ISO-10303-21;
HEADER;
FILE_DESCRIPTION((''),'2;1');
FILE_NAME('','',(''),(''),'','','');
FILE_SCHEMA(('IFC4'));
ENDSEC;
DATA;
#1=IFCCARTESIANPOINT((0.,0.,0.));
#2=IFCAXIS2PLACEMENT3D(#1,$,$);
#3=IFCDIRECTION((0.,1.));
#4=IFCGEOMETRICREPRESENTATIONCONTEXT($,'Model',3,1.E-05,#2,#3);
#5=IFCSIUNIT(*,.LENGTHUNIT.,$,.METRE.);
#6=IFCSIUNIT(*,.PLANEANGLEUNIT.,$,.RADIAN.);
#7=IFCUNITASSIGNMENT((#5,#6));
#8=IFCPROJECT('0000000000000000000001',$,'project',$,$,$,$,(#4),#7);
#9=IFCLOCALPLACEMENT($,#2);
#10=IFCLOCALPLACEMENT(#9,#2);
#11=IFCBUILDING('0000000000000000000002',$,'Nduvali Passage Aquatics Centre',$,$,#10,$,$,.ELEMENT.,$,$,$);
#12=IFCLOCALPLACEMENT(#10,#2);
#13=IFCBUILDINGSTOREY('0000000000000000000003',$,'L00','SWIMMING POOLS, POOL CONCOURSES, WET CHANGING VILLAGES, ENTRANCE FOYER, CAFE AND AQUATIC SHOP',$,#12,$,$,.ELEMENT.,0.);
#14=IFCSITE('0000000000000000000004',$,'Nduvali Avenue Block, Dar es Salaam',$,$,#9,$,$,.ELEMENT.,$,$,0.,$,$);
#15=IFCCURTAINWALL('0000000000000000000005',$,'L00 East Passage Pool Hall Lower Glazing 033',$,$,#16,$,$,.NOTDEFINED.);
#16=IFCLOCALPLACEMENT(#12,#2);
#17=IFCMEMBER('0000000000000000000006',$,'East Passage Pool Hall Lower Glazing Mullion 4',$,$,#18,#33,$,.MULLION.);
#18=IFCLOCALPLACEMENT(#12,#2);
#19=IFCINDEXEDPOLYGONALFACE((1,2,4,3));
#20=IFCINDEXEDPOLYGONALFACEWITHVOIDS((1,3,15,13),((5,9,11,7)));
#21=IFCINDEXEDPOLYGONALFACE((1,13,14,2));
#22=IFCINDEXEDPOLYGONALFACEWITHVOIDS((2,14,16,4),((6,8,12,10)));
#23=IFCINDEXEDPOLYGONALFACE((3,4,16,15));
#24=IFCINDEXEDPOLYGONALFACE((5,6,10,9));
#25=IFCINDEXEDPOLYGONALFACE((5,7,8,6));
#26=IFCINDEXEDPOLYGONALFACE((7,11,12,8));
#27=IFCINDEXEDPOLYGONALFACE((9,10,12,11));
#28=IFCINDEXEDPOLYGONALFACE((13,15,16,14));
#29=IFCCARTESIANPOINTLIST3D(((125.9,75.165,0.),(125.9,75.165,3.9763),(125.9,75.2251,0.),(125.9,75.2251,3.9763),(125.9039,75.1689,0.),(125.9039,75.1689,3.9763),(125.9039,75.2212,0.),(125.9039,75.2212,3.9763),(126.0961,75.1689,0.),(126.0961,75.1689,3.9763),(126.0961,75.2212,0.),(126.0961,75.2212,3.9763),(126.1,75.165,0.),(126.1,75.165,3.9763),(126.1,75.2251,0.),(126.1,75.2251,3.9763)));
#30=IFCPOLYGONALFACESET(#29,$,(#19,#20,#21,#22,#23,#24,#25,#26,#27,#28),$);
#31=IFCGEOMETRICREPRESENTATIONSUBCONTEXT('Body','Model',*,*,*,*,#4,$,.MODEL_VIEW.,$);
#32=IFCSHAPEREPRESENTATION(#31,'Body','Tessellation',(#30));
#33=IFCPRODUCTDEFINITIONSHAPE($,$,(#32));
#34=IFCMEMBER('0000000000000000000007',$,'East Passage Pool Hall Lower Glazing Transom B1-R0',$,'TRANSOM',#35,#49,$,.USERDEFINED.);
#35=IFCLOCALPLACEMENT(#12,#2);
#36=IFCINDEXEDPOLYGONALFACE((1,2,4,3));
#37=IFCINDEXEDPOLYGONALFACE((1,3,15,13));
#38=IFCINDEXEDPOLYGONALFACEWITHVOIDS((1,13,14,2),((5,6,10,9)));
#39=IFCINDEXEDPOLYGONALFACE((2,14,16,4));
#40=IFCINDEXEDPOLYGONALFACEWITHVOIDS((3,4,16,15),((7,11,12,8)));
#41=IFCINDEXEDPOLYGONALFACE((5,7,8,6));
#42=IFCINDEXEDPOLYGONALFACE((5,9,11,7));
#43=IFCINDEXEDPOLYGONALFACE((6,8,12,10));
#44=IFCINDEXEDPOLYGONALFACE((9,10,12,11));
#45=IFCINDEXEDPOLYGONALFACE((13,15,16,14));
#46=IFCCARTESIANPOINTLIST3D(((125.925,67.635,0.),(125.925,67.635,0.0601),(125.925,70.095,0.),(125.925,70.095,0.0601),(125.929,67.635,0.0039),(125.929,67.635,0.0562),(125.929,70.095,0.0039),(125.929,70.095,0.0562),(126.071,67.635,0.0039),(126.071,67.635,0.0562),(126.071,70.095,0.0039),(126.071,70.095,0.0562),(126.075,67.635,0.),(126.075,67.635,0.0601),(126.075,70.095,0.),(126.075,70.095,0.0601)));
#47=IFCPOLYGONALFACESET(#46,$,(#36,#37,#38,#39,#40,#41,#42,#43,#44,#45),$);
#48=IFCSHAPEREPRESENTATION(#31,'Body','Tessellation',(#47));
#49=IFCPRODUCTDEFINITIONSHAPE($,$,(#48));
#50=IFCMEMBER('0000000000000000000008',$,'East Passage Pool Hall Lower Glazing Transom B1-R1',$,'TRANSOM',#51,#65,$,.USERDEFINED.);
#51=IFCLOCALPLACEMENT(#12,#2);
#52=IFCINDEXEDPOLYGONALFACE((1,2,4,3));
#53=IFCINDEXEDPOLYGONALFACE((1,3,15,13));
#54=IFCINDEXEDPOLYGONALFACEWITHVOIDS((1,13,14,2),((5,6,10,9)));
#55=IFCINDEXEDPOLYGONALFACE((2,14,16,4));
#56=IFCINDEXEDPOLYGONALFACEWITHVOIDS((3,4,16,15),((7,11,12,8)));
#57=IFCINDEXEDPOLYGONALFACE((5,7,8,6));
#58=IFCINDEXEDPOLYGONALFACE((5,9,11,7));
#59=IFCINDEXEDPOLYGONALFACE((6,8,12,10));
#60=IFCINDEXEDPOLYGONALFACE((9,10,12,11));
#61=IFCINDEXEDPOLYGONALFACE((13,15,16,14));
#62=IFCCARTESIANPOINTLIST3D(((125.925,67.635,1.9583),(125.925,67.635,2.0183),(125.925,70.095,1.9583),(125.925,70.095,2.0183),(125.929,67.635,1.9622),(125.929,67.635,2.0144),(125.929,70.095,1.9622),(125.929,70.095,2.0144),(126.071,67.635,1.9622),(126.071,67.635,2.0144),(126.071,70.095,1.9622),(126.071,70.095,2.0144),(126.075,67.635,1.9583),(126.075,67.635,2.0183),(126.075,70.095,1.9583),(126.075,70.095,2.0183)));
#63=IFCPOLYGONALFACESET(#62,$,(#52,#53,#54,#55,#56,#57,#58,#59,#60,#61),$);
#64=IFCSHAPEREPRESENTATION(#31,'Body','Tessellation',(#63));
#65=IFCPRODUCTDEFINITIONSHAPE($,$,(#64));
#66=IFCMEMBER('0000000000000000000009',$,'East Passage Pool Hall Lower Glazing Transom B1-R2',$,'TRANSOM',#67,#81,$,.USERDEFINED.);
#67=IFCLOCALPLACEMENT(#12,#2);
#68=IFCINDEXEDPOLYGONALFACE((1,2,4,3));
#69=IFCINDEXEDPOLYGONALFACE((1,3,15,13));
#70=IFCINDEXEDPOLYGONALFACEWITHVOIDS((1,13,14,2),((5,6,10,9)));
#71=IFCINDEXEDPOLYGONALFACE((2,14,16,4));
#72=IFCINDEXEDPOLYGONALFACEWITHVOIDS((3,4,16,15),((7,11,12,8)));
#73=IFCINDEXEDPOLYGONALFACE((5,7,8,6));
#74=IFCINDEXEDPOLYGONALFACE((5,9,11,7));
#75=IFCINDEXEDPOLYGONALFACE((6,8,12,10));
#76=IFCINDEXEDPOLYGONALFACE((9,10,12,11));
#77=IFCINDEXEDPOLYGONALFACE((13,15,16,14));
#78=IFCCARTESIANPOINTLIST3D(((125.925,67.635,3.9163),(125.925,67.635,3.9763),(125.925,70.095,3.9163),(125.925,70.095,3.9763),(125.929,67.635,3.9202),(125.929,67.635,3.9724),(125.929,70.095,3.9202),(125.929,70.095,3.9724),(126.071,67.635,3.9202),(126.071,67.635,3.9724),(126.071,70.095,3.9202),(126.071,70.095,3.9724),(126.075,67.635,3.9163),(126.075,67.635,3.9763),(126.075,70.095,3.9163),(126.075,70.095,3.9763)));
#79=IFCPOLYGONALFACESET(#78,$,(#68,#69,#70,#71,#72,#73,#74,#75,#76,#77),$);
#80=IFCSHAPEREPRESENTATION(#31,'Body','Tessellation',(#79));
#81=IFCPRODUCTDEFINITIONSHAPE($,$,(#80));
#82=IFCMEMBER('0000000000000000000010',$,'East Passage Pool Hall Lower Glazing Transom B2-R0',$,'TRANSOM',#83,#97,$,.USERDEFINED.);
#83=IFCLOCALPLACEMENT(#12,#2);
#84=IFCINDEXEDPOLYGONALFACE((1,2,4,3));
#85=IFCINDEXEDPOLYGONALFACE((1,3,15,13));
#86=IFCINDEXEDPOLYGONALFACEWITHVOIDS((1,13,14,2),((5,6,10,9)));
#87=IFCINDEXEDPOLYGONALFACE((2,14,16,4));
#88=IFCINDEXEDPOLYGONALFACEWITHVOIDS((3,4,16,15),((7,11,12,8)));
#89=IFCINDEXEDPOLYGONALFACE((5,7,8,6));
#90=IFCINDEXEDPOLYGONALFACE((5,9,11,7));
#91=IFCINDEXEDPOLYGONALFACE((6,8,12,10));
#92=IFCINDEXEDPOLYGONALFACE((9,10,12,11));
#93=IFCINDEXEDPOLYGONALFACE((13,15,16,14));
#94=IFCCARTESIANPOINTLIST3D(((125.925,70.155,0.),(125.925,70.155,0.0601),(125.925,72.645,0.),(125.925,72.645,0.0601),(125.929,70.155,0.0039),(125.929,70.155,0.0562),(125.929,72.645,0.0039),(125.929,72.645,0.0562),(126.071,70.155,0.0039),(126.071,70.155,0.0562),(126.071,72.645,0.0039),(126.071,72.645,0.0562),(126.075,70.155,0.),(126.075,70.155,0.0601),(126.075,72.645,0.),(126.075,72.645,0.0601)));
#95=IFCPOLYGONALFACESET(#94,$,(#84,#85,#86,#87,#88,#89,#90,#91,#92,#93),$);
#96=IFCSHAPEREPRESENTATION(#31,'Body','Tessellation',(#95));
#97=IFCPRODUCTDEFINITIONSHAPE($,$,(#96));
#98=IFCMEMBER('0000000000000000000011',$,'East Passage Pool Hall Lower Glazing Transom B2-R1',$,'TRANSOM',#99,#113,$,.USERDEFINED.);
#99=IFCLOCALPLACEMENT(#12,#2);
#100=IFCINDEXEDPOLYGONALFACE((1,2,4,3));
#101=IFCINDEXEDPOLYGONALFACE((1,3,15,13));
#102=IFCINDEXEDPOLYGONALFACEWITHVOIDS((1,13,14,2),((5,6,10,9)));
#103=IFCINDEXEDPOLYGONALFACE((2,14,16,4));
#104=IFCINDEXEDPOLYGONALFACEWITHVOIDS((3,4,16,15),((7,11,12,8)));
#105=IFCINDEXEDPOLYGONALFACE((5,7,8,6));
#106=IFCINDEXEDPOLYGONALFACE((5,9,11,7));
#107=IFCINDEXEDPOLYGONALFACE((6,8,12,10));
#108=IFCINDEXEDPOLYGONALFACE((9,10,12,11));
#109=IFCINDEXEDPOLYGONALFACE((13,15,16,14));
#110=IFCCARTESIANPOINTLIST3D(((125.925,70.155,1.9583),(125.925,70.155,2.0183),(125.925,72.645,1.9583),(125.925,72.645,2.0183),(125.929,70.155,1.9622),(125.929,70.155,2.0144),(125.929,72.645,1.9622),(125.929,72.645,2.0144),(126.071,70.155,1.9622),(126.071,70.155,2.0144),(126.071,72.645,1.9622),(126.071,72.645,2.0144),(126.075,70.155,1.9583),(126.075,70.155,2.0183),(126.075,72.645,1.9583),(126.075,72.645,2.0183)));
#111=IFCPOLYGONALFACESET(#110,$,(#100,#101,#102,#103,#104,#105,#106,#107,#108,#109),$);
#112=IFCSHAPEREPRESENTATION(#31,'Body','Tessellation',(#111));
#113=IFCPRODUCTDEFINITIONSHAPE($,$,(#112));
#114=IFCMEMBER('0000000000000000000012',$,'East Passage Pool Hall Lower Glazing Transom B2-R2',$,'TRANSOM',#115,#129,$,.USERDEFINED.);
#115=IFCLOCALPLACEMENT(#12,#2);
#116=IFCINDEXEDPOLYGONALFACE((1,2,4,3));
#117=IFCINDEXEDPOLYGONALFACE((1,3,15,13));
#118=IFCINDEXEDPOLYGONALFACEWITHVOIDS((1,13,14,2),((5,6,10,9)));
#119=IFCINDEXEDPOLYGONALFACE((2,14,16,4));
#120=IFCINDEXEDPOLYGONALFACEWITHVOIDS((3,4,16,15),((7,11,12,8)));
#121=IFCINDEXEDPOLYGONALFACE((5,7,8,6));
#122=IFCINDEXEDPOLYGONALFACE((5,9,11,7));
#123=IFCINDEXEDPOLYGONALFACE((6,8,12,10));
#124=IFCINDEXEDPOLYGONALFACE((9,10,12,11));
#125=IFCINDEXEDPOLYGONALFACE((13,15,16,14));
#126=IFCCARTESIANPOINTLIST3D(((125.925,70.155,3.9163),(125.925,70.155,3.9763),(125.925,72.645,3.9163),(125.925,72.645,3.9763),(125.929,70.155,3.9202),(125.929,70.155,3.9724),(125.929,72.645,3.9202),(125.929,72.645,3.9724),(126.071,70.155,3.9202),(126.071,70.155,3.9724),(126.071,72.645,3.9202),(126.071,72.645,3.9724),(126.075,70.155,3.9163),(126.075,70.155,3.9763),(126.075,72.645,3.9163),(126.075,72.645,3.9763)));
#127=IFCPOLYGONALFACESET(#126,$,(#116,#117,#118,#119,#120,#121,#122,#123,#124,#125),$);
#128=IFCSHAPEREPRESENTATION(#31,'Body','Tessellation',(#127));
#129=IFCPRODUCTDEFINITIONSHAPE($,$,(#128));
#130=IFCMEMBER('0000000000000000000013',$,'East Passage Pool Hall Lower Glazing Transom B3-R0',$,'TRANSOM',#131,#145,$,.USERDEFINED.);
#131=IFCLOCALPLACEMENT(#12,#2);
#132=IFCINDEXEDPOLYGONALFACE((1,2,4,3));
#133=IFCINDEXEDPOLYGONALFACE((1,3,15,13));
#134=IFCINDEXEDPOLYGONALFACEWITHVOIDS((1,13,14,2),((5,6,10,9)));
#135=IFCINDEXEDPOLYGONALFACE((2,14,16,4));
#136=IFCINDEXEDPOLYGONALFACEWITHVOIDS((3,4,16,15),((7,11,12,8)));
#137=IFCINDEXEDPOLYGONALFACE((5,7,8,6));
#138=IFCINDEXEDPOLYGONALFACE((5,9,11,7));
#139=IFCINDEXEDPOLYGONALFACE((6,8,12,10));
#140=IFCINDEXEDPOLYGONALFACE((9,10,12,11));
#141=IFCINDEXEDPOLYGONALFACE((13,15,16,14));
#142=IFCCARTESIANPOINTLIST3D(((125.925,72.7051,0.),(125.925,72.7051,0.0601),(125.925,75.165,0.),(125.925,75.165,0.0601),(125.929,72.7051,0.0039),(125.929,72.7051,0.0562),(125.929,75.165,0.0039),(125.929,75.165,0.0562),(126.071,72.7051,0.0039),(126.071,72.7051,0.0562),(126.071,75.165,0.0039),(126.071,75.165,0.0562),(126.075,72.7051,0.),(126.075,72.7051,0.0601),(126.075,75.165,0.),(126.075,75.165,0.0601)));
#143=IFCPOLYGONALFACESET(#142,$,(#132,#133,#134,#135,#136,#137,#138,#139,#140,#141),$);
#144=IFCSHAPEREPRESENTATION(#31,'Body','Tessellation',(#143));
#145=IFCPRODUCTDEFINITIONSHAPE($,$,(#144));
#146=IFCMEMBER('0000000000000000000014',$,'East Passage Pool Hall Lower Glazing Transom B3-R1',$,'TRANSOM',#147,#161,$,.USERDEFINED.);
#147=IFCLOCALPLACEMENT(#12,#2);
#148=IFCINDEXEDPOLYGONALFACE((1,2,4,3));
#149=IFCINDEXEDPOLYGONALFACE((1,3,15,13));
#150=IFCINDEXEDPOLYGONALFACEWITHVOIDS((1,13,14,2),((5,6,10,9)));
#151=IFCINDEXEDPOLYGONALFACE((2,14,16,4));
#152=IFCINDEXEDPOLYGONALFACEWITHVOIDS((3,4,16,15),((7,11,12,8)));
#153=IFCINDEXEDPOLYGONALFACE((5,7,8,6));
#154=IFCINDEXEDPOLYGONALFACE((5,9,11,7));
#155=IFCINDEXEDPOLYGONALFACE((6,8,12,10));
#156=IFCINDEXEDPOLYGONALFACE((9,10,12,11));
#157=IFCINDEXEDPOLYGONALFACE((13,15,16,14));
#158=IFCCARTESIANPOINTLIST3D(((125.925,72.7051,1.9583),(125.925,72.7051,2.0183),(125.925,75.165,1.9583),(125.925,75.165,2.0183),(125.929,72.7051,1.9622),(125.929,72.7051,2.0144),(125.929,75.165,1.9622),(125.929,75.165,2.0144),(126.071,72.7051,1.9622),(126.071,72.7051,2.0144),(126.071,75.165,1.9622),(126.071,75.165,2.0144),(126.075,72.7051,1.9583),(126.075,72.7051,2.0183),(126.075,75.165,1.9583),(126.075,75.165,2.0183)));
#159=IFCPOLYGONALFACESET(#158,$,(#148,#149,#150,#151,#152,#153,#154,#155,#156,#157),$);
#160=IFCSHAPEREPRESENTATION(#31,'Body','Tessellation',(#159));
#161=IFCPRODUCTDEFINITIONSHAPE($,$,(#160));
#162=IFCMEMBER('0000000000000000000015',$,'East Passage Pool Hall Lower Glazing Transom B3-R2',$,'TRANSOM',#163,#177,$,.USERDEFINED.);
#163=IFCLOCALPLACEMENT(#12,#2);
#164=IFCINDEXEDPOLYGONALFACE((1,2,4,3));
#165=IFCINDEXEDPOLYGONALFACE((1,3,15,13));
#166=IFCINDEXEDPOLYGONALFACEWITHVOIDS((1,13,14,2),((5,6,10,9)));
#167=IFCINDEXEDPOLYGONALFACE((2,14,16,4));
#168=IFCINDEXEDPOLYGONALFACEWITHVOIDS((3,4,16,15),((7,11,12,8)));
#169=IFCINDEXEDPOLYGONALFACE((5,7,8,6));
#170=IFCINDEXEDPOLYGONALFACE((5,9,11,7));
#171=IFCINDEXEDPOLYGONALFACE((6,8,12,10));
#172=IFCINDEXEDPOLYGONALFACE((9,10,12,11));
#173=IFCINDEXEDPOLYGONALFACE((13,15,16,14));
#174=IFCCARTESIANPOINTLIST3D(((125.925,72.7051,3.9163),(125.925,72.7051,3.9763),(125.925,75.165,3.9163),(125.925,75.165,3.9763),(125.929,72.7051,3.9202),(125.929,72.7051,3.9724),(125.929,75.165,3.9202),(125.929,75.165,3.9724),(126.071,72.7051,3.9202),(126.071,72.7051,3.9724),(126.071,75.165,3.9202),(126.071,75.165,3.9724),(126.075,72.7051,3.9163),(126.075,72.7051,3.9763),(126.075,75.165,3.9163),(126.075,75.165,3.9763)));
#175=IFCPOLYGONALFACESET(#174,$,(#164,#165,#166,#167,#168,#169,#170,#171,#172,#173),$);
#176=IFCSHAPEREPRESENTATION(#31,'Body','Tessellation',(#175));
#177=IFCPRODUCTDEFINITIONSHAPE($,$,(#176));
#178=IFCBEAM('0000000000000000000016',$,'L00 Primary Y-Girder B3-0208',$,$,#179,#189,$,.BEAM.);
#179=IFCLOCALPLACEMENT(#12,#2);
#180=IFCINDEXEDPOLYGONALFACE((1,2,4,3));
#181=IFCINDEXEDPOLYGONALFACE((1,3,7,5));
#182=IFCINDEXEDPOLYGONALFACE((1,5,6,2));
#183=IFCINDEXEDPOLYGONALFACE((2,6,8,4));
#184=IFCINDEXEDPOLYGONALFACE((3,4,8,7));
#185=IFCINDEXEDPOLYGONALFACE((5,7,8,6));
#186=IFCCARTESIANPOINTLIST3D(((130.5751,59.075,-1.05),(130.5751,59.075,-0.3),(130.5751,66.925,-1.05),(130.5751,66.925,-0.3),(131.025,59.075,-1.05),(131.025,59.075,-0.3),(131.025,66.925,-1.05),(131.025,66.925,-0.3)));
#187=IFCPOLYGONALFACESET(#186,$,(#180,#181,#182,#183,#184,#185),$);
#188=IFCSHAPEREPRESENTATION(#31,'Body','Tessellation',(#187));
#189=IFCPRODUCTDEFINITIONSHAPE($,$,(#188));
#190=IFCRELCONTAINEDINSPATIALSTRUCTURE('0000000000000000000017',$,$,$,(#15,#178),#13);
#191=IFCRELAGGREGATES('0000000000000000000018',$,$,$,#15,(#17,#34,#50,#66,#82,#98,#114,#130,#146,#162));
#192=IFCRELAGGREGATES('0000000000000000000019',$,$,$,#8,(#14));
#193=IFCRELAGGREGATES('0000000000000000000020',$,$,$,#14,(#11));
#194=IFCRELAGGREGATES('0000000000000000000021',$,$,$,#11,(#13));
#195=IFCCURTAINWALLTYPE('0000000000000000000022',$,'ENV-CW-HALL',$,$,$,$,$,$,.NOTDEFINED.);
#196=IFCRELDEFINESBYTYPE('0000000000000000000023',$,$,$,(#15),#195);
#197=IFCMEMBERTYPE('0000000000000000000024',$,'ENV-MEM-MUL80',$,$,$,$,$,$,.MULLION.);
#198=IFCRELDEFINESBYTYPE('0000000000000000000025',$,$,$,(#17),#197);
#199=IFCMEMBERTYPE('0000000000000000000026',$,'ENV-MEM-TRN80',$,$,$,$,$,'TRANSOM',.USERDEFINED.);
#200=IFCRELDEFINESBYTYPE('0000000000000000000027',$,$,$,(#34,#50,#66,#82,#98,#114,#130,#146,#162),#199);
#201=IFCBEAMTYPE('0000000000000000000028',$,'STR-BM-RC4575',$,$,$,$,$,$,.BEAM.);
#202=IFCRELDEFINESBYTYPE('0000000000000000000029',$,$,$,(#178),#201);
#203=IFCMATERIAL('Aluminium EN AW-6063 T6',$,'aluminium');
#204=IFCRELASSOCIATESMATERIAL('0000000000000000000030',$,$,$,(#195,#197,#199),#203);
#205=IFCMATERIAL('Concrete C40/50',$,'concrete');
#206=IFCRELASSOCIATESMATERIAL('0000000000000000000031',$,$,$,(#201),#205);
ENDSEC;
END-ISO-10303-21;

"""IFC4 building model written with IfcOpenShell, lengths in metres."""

from ifc_helpers import new_model, si_unit, direction, frame, origin, origin_2d, place, context, subcontext, project, spatial, rectangle, hollow_rectangle, extrude, material, material_profile, profile_set, type_object, element, aggregate, save


model = new_model("IFC4")

# Units and contexts
model_context = context("Model", 3, precision=1e-05, world=origin(), true_north=direction((0.0, 1.0)))
body_context = subcontext(model_context, "Body", "Model", "MODEL_VIEW")
ifc_project = project(units=[si_unit("LENGTHUNIT", "METRE"), si_unit("PLANEANGLEUNIT", "RADIAN")], contexts=[model_context])

# Site, building, storey
site_placement = place(None, origin())
site = spatial("IfcSite", under=ifc_project, at=site_placement, Name="Nduvali Avenue Block, Dar es Salaam", CompositionType="ELEMENT", RefElevation=0.0)
building_placement = place(site_placement, origin())
building = spatial("IfcBuilding", under=site, at=building_placement, Name="Nduvali Passage Aquatics Centre", CompositionType="ELEMENT")
storey_placement = place(building_placement, origin())
storey = spatial("IfcBuildingStorey", under=building, at=storey_placement, Name="L00", Description="SWIMMING POOLS, POOL CONCOURSES, WET CHANGING VILLAGES, ENTRANCE FOYER, CAFE AND AQUATIC SHOP", CompositionType="ELEMENT", Elevation=0.0)

# Shared definitions
ifc_material_1 = material(Name="Concrete C40/50", Category="concrete")

# Curtain wall, members
ifc_material_2 = material(Name="Aluminium EN AW-6063 T6", Category="aluminium")
curtain_wall_type = type_object("IfcCurtainWallType", Name="ENV-CW-HALL", PredefinedType="NOTDEFINED", material=ifc_material_2)
curtain_wall_placement = place(storey_placement, origin())
curtain_wall = element("IfcCurtainWall", 1, at=curtain_wall_placement, inside=storey, type_object=curtain_wall_type, Name="L00 East Passage Pool Hall Lower Glazing 033", PredefinedType="NOTDEFINED")
ifc_material_profile_1 = material_profile(ifc_material_2, hollow_rectangle(XDim=0.0601, YDim=0.2, WallThickness=0.0039, at=origin_2d()), Name="ALU MULLION 60x200x4")
ifc_profile_set_1 = profile_set([ifc_material_profile_1], Name="Aluminium EN AW-6063 T6")
member_type_1 = type_object("IfcMemberType", Name="ENV-MEM-MUL80", PredefinedType="MULLION", material=ifc_profile_set_1)
member_1_placement = place(storey_placement, frame((126.0, 75.1951, 0.0), z_axis=(0.0, 0.0, 1.0), x_axis=(0.0, 1.0, 0.0)))
member_1 = element("IfcMember", 2, at=member_1_placement, type_object=member_type_1, Name="East Passage Pool Hall Lower Glazing Mullion 4", PredefinedType="MULLION", context=body_context, shape_type="SweptSolid", body=[
    extrude(hollow_rectangle(XDim=0.0601, YDim=0.2, WallThickness=0.0039, at=origin_2d()), origin(), (0.0, 0.0, 1.0), 3.9763),
])
ifc_material_profile_2 = material_profile(ifc_material_2, hollow_rectangle(XDim=0.1499, YDim=0.0601, WallThickness=0.0039, at=origin_2d()), Name="ALU TRANSOM 150x60x4")
ifc_profile_set_2 = profile_set([ifc_material_profile_2], Name="Aluminium EN AW-6063 T6")
member_type_2 = type_object("IfcMemberType", Name="ENV-MEM-TRN80", ElementType="TRANSOM", PredefinedType="USERDEFINED", material=ifc_profile_set_2)
member_2_placement = place(storey_placement, frame((126.0, 67.635, 0.03), z_axis=(0.0, 1.0, 0.0), x_axis=(-1.0, 0.0, 0.0)))
member_2 = element("IfcMember", 3, at=member_2_placement, type_object=member_type_2, Name="East Passage Pool Hall Lower Glazing Transom B1-R0", ObjectType="TRANSOM", PredefinedType="USERDEFINED", context=body_context, shape_type="SweptSolid", body=[
    extrude(hollow_rectangle(XDim=0.1499, YDim=0.0601, WallThickness=0.0039, at=origin_2d()), origin(), (0.0, 0.0, 1.0), 2.46),
])
member_3_placement = place(storey_placement, frame((126.0, 67.635, 1.9883), z_axis=(0.0, 1.0, 0.0), x_axis=(-1.0, 0.0, 0.0)))
member_3 = element("IfcMember", 4, at=member_3_placement, type_object=member_type_2, Name="East Passage Pool Hall Lower Glazing Transom B1-R1", ObjectType="TRANSOM", PredefinedType="USERDEFINED", context=body_context, shape_type="SweptSolid", body=[
    extrude(hollow_rectangle(XDim=0.1499, YDim=0.0601, WallThickness=0.0039, at=origin_2d()), origin(), (0.0, 0.0, 1.0), 2.46),
])
member_4_placement = place(storey_placement, frame((126.0, 67.635, 3.9463), z_axis=(0.0, 1.0, 0.0), x_axis=(-1.0, 0.0, 0.0)))
member_4 = element("IfcMember", 5, at=member_4_placement, type_object=member_type_2, Name="East Passage Pool Hall Lower Glazing Transom B1-R2", ObjectType="TRANSOM", PredefinedType="USERDEFINED", context=body_context, shape_type="SweptSolid", body=[
    extrude(hollow_rectangle(XDim=0.1499, YDim=0.0601, WallThickness=0.0039, at=origin_2d()), origin(), (0.0, 0.0, 1.0), 2.46),
])
member_5_placement = place(storey_placement, frame((126.0, 70.155, 0.03), z_axis=(0.0, 1.0, 0.0), x_axis=(-1.0, 0.0, 0.0)))
member_5 = element("IfcMember", 6, at=member_5_placement, type_object=member_type_2, Name="East Passage Pool Hall Lower Glazing Transom B2-R0", ObjectType="TRANSOM", PredefinedType="USERDEFINED", context=body_context, shape_type="SweptSolid", body=[
    extrude(hollow_rectangle(XDim=0.1499, YDim=0.0601, WallThickness=0.0039, at=origin_2d()), origin(), (0.0, 0.0, 1.0), 2.49),
])
member_6_placement = place(storey_placement, frame((126.0, 70.155, 1.9883), z_axis=(0.0, 1.0, 0.0), x_axis=(-1.0, 0.0, 0.0)))
member_6 = element("IfcMember", 7, at=member_6_placement, type_object=member_type_2, Name="East Passage Pool Hall Lower Glazing Transom B2-R1", ObjectType="TRANSOM", PredefinedType="USERDEFINED", context=body_context, shape_type="SweptSolid", body=[
    extrude(hollow_rectangle(XDim=0.1499, YDim=0.0601, WallThickness=0.0039, at=origin_2d()), origin(), (0.0, 0.0, 1.0), 2.49),
])
member_7_placement = place(storey_placement, frame((126.0, 70.155, 3.9463), z_axis=(0.0, 1.0, 0.0), x_axis=(-1.0, 0.0, 0.0)))
member_7 = element("IfcMember", 8, at=member_7_placement, type_object=member_type_2, Name="East Passage Pool Hall Lower Glazing Transom B2-R2", ObjectType="TRANSOM", PredefinedType="USERDEFINED", context=body_context, shape_type="SweptSolid", body=[
    extrude(hollow_rectangle(XDim=0.1499, YDim=0.0601, WallThickness=0.0039, at=origin_2d()), origin(), (0.0, 0.0, 1.0), 2.49),
])
member_8_placement = place(storey_placement, frame((126.0, 72.7051, 0.03), z_axis=(0.0, 1.0, 0.0), x_axis=(-1.0, 0.0, 0.0)))
member_8 = element("IfcMember", 9, at=member_8_placement, type_object=member_type_2, Name="East Passage Pool Hall Lower Glazing Transom B3-R0", ObjectType="TRANSOM", PredefinedType="USERDEFINED", context=body_context, shape_type="SweptSolid", body=[
    extrude(hollow_rectangle(XDim=0.1499, YDim=0.0601, WallThickness=0.0039, at=origin_2d()), origin(), (0.0, 0.0, 1.0), 2.46),
])
member_9_placement = place(storey_placement, frame((126.0, 72.7051, 1.9883), z_axis=(0.0, 1.0, 0.0), x_axis=(-1.0, 0.0, 0.0)))
member_9 = element("IfcMember", 10, at=member_9_placement, type_object=member_type_2, Name="East Passage Pool Hall Lower Glazing Transom B3-R1", ObjectType="TRANSOM", PredefinedType="USERDEFINED", context=body_context, shape_type="SweptSolid", body=[
    extrude(hollow_rectangle(XDim=0.1499, YDim=0.0601, WallThickness=0.0039, at=origin_2d()), origin(), (0.0, 0.0, 1.0), 2.46),
])
member_10_placement = place(storey_placement, frame((126.0, 72.7051, 3.9463), z_axis=(0.0, 1.0, 0.0), x_axis=(-1.0, 0.0, 0.0)))
member_10 = element("IfcMember", 11, at=member_10_placement, type_object=member_type_2, Name="East Passage Pool Hall Lower Glazing Transom B3-R2", ObjectType="TRANSOM", PredefinedType="USERDEFINED", context=body_context, shape_type="SweptSolid", body=[
    extrude(hollow_rectangle(XDim=0.1499, YDim=0.0601, WallThickness=0.0039, at=origin_2d()), origin(), (0.0, 0.0, 1.0), 2.46),
])

# Beam
ifc_material_profile_3 = material_profile(ifc_material_1, rectangle(XDim=0.45, YDim=0.75, at=origin_2d()), Name="RC 450x750")
ifc_profile_set_3 = profile_set([ifc_material_profile_3], Name="Concrete C40/50")
beam_type_1 = type_object("IfcBeamType", Name="STR-BM-RC4575", PredefinedType="BEAM", material=ifc_profile_set_3)
beam_1_placement = place(storey_placement, frame((130.8, 59.075, -0.675), z_axis=(0.0, 1.0, 0.0), x_axis=(-1.0, 0.0, 0.0)))
element("IfcBeam", 12, at=beam_1_placement, inside=storey, type_object=beam_type_1, Name="L00 Primary Y-Girder B3-0208", PredefinedType="BEAM", context=body_context, shape_type="SweptSolid", body=[
    extrude(rectangle(XDim=0.45, YDim=0.75, at=origin_2d()), origin(), (0.0, 0.0, 1.0), 7.8501),
])

aggregate(curtain_wall, [member_1, member_2, member_3, member_4, member_5, member_6, member_7, member_8, member_9, member_10])

save(model, "model.ifc")
